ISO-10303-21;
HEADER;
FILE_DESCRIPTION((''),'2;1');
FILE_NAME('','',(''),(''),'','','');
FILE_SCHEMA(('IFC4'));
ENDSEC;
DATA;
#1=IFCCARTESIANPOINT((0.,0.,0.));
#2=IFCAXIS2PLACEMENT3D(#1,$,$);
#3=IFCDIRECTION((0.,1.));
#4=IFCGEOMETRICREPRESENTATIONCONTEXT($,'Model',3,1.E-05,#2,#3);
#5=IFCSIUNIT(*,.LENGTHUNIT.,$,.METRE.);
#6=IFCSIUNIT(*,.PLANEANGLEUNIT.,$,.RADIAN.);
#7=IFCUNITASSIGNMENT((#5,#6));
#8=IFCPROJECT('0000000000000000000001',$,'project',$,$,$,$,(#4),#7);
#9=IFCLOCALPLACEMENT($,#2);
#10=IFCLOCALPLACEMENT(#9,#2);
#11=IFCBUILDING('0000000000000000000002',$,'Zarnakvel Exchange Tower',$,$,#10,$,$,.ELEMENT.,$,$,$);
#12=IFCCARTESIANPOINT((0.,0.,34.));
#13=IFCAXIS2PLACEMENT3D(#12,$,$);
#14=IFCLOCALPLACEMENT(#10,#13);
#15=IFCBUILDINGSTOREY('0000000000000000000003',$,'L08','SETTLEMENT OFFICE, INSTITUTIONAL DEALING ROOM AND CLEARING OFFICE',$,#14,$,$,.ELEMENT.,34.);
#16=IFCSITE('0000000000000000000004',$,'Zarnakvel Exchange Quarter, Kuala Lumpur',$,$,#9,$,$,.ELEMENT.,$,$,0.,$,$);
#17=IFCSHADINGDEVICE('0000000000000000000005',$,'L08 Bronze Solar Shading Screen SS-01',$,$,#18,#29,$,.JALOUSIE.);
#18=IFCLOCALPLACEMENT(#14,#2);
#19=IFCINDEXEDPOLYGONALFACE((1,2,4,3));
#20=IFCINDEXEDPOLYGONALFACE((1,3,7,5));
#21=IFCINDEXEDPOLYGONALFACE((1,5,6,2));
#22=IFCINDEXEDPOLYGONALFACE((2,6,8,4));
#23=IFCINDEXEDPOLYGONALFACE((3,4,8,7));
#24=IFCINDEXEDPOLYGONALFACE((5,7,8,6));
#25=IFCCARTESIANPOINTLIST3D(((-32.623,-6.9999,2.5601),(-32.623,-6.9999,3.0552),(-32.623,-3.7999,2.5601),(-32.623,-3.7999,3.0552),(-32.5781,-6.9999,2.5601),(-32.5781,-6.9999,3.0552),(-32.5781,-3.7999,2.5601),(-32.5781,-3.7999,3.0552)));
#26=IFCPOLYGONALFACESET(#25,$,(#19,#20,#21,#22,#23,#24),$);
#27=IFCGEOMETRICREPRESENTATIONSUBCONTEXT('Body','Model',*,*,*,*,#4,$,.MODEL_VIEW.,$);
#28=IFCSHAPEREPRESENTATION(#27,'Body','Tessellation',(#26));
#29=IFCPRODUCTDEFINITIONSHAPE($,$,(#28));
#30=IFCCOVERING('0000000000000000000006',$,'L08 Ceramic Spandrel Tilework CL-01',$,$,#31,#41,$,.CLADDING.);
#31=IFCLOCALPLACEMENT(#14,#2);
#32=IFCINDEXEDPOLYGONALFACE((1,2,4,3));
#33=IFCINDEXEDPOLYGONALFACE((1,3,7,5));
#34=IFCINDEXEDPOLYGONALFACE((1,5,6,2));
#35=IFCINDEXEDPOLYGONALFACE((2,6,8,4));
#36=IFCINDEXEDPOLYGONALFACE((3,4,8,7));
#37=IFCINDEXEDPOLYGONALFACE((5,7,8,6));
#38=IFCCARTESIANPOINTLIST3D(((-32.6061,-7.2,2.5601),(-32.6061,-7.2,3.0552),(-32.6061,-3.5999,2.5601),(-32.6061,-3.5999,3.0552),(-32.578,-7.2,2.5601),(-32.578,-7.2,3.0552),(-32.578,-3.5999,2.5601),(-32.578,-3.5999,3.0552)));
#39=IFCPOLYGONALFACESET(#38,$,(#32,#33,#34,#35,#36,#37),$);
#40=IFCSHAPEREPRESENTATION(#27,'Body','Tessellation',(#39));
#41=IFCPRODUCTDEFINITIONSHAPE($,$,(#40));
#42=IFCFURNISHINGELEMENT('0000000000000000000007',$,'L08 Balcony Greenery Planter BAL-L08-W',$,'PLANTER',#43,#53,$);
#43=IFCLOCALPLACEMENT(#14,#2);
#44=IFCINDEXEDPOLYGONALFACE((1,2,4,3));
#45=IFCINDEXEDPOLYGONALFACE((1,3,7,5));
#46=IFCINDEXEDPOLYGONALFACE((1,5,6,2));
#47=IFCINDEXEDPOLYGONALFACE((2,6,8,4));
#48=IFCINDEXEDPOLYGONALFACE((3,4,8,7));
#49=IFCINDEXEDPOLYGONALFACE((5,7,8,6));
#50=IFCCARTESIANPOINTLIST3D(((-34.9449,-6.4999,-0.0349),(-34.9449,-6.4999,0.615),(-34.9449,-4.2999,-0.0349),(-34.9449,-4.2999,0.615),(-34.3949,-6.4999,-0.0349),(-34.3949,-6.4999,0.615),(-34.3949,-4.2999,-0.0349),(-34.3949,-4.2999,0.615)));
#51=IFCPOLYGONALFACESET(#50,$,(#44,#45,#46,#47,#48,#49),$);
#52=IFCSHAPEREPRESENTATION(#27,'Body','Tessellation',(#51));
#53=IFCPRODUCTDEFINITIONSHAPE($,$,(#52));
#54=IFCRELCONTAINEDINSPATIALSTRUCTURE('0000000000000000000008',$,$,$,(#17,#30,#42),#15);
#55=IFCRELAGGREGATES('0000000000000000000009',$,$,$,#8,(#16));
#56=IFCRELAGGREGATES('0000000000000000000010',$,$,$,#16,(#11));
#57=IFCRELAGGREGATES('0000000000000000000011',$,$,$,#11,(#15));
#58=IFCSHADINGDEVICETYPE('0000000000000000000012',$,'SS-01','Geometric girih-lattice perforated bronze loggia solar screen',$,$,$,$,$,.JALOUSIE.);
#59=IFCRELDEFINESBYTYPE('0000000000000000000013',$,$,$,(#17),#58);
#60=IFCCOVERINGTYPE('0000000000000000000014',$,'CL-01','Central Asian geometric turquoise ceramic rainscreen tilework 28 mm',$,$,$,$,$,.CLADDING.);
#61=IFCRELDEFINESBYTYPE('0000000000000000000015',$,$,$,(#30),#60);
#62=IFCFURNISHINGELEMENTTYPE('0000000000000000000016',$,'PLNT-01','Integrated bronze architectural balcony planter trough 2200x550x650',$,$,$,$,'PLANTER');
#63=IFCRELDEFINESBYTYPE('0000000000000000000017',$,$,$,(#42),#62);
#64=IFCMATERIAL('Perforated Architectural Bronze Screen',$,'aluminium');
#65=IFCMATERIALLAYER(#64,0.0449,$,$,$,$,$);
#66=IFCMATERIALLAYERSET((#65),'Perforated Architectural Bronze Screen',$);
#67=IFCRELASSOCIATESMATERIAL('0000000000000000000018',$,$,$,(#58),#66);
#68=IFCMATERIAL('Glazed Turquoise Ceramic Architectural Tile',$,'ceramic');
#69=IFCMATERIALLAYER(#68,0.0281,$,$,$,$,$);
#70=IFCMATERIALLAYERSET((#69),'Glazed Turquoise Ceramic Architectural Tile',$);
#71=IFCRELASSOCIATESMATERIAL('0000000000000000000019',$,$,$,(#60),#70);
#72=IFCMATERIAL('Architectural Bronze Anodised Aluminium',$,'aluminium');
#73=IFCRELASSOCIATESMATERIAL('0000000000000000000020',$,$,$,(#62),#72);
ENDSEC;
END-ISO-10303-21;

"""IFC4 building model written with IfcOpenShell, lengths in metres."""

from ifc_helpers import new_model, si_unit, direction, frame, origin, origin_2d, place, context, subcontext, project, spatial, rectangle, extrude, source, transform, mapped, material, layer, layer_set, type_object, element, save


model = new_model("IFC4")

# Units and contexts
model_context = context("Model", 3, precision=1e-05, world=origin(), true_north=direction((0.0, 1.0)))
body_context = subcontext(model_context, "Body", "Model", "MODEL_VIEW")
ifc_project = project(units=[si_unit("LENGTHUNIT", "METRE"), si_unit("PLANEANGLEUNIT", "RADIAN")], contexts=[model_context])

# Site, building, storey
site_placement = place(None, origin())
site = spatial("IfcSite", under=ifc_project, at=site_placement, Name="Zarnakvel Exchange Quarter, Kuala Lumpur", CompositionType="ELEMENT", RefElevation=0.0)
building_placement = place(site_placement, origin())
building = spatial("IfcBuilding", under=site, at=building_placement, Name="Zarnakvel Exchange Tower", CompositionType="ELEMENT")
storey_placement = place(building_placement, frame((0.0, 0.0, 34.0)))
storey = spatial("IfcBuildingStorey", under=building, at=storey_placement, Name="L08", Description="SETTLEMENT OFFICE, INSTITUTIONAL DEALING ROOM AND CLEARING OFFICE", CompositionType="ELEMENT", Elevation=34.0)

# Shared definitions
ifc_material_1 = material(Name="Architectural Bronze Anodised Aluminium", Category="aluminium")

# Shading device
ifc_material_2 = material(Name="Perforated Architectural Bronze Screen", Category="aluminium")
ifc_layer_1 = layer(ifc_material_2, 0.0449)
ifc_layer_set_1 = layer_set([ifc_layer_1], Name="Perforated Architectural Bronze Screen")
shading_device_type = type_object("IfcShadingDeviceType", Name="SS-01", Description="Geometric girih-lattice perforated bronze loggia solar screen", PredefinedType="JALOUSIE", material=ifc_layer_set_1)
shared_shape_1 = source(origin(), body_context, "Body", "SweptSolid", [
    extrude(rectangle(XDim=3.2, YDim=0.0449, at=origin_2d()), origin(), (0.0, 0.0, 1.0), 0.4951),
])
shading_device_placement = place(storey_placement, frame((-32.6006, -5.3999, 2.5601), z_axis=(0.0, 0.0, 1.0), x_axis=(0.0, 1.0, 0.0)))
element("IfcShadingDevice", 1, at=shading_device_placement, inside=storey, type_object=shading_device_type, Name="L08 Bronze Solar Shading Screen SS-01", PredefinedType="JALOUSIE", context=body_context, shape_type="MappedRepresentation", body=[
    mapped(shared_shape_1, transform((0.0, 0.0, 0.0), x_axis=(1.0, 0.0, 0.0), y_axis=(0.0, 1.0, 0.0), z_axis=(0.0, 0.0, 1.0), scale=1.0)),
])

# Covering
ifc_material_3 = material(Name="Glazed Turquoise Ceramic Architectural Tile", Category="ceramic")
ifc_layer_2 = layer(ifc_material_3, 0.0281)
ifc_layer_set_2 = layer_set([ifc_layer_2], Name="Glazed Turquoise Ceramic Architectural Tile")
covering_type = type_object("IfcCoveringType", Name="CL-01", Description="Central Asian geometric turquoise ceramic rainscreen tilework 28 mm", PredefinedType="CLADDING", material=ifc_layer_set_2)
shared_shape_2 = source(origin(), body_context, "Body", "SweptSolid", [
    extrude(rectangle(XDim=3.6001, YDim=0.0281, at=origin_2d()), origin(), (0.0, 0.0, 1.0), 0.4951),
])
covering_placement = place(storey_placement, frame((-32.592, -5.3999, 2.5601), z_axis=(0.0, 0.0, 1.0), x_axis=(0.0, 1.0, 0.0)))
element("IfcCovering", 2, at=covering_placement, inside=storey, type_object=covering_type, Name="L08 Ceramic Spandrel Tilework CL-01", PredefinedType="CLADDING", context=body_context, shape_type="MappedRepresentation", body=[
    mapped(shared_shape_2, transform((0.0, 0.0, 0.0), x_axis=(1.0, 0.0, 0.0), y_axis=(0.0, 1.0, 0.0), z_axis=(0.0, 0.0, 1.0), scale=1.0)),
])

# Furnishing element
furnishing_element_type = type_object("IfcFurnishingElementType", Name="PLNT-01", Description="Integrated bronze architectural balcony planter trough 2200x550x650", ElementType="PLANTER", material=ifc_material_1)
shared_shape_3 = source(origin(), body_context, "Body", "SweptSolid", [
    extrude(rectangle(XDim=2.2, YDim=0.55, at=origin_2d()), origin(), (0.0, 0.0, 1.0), 0.6499),
])
furnishing_placement = place(storey_placement, frame((-34.6699, -5.3999, -0.0349), z_axis=(0.0, 0.0, 1.0), x_axis=(0.0, 1.0, 0.0)))
element("IfcFurnishingElement", 3, at=furnishing_placement, inside=storey, type_object=furnishing_element_type, Name="L08 Balcony Greenery Planter BAL-L08-W", ObjectType="PLANTER", context=body_context, shape_type="MappedRepresentation", body=[
    mapped(shared_shape_3, transform((0.0, 0.0, 0.0), x_axis=(1.0, 0.0, 0.0), y_axis=(0.0, 1.0, 0.0), z_axis=(0.0, 0.0, 1.0), scale=1.0)),
])

save(model, "model.ifc")
